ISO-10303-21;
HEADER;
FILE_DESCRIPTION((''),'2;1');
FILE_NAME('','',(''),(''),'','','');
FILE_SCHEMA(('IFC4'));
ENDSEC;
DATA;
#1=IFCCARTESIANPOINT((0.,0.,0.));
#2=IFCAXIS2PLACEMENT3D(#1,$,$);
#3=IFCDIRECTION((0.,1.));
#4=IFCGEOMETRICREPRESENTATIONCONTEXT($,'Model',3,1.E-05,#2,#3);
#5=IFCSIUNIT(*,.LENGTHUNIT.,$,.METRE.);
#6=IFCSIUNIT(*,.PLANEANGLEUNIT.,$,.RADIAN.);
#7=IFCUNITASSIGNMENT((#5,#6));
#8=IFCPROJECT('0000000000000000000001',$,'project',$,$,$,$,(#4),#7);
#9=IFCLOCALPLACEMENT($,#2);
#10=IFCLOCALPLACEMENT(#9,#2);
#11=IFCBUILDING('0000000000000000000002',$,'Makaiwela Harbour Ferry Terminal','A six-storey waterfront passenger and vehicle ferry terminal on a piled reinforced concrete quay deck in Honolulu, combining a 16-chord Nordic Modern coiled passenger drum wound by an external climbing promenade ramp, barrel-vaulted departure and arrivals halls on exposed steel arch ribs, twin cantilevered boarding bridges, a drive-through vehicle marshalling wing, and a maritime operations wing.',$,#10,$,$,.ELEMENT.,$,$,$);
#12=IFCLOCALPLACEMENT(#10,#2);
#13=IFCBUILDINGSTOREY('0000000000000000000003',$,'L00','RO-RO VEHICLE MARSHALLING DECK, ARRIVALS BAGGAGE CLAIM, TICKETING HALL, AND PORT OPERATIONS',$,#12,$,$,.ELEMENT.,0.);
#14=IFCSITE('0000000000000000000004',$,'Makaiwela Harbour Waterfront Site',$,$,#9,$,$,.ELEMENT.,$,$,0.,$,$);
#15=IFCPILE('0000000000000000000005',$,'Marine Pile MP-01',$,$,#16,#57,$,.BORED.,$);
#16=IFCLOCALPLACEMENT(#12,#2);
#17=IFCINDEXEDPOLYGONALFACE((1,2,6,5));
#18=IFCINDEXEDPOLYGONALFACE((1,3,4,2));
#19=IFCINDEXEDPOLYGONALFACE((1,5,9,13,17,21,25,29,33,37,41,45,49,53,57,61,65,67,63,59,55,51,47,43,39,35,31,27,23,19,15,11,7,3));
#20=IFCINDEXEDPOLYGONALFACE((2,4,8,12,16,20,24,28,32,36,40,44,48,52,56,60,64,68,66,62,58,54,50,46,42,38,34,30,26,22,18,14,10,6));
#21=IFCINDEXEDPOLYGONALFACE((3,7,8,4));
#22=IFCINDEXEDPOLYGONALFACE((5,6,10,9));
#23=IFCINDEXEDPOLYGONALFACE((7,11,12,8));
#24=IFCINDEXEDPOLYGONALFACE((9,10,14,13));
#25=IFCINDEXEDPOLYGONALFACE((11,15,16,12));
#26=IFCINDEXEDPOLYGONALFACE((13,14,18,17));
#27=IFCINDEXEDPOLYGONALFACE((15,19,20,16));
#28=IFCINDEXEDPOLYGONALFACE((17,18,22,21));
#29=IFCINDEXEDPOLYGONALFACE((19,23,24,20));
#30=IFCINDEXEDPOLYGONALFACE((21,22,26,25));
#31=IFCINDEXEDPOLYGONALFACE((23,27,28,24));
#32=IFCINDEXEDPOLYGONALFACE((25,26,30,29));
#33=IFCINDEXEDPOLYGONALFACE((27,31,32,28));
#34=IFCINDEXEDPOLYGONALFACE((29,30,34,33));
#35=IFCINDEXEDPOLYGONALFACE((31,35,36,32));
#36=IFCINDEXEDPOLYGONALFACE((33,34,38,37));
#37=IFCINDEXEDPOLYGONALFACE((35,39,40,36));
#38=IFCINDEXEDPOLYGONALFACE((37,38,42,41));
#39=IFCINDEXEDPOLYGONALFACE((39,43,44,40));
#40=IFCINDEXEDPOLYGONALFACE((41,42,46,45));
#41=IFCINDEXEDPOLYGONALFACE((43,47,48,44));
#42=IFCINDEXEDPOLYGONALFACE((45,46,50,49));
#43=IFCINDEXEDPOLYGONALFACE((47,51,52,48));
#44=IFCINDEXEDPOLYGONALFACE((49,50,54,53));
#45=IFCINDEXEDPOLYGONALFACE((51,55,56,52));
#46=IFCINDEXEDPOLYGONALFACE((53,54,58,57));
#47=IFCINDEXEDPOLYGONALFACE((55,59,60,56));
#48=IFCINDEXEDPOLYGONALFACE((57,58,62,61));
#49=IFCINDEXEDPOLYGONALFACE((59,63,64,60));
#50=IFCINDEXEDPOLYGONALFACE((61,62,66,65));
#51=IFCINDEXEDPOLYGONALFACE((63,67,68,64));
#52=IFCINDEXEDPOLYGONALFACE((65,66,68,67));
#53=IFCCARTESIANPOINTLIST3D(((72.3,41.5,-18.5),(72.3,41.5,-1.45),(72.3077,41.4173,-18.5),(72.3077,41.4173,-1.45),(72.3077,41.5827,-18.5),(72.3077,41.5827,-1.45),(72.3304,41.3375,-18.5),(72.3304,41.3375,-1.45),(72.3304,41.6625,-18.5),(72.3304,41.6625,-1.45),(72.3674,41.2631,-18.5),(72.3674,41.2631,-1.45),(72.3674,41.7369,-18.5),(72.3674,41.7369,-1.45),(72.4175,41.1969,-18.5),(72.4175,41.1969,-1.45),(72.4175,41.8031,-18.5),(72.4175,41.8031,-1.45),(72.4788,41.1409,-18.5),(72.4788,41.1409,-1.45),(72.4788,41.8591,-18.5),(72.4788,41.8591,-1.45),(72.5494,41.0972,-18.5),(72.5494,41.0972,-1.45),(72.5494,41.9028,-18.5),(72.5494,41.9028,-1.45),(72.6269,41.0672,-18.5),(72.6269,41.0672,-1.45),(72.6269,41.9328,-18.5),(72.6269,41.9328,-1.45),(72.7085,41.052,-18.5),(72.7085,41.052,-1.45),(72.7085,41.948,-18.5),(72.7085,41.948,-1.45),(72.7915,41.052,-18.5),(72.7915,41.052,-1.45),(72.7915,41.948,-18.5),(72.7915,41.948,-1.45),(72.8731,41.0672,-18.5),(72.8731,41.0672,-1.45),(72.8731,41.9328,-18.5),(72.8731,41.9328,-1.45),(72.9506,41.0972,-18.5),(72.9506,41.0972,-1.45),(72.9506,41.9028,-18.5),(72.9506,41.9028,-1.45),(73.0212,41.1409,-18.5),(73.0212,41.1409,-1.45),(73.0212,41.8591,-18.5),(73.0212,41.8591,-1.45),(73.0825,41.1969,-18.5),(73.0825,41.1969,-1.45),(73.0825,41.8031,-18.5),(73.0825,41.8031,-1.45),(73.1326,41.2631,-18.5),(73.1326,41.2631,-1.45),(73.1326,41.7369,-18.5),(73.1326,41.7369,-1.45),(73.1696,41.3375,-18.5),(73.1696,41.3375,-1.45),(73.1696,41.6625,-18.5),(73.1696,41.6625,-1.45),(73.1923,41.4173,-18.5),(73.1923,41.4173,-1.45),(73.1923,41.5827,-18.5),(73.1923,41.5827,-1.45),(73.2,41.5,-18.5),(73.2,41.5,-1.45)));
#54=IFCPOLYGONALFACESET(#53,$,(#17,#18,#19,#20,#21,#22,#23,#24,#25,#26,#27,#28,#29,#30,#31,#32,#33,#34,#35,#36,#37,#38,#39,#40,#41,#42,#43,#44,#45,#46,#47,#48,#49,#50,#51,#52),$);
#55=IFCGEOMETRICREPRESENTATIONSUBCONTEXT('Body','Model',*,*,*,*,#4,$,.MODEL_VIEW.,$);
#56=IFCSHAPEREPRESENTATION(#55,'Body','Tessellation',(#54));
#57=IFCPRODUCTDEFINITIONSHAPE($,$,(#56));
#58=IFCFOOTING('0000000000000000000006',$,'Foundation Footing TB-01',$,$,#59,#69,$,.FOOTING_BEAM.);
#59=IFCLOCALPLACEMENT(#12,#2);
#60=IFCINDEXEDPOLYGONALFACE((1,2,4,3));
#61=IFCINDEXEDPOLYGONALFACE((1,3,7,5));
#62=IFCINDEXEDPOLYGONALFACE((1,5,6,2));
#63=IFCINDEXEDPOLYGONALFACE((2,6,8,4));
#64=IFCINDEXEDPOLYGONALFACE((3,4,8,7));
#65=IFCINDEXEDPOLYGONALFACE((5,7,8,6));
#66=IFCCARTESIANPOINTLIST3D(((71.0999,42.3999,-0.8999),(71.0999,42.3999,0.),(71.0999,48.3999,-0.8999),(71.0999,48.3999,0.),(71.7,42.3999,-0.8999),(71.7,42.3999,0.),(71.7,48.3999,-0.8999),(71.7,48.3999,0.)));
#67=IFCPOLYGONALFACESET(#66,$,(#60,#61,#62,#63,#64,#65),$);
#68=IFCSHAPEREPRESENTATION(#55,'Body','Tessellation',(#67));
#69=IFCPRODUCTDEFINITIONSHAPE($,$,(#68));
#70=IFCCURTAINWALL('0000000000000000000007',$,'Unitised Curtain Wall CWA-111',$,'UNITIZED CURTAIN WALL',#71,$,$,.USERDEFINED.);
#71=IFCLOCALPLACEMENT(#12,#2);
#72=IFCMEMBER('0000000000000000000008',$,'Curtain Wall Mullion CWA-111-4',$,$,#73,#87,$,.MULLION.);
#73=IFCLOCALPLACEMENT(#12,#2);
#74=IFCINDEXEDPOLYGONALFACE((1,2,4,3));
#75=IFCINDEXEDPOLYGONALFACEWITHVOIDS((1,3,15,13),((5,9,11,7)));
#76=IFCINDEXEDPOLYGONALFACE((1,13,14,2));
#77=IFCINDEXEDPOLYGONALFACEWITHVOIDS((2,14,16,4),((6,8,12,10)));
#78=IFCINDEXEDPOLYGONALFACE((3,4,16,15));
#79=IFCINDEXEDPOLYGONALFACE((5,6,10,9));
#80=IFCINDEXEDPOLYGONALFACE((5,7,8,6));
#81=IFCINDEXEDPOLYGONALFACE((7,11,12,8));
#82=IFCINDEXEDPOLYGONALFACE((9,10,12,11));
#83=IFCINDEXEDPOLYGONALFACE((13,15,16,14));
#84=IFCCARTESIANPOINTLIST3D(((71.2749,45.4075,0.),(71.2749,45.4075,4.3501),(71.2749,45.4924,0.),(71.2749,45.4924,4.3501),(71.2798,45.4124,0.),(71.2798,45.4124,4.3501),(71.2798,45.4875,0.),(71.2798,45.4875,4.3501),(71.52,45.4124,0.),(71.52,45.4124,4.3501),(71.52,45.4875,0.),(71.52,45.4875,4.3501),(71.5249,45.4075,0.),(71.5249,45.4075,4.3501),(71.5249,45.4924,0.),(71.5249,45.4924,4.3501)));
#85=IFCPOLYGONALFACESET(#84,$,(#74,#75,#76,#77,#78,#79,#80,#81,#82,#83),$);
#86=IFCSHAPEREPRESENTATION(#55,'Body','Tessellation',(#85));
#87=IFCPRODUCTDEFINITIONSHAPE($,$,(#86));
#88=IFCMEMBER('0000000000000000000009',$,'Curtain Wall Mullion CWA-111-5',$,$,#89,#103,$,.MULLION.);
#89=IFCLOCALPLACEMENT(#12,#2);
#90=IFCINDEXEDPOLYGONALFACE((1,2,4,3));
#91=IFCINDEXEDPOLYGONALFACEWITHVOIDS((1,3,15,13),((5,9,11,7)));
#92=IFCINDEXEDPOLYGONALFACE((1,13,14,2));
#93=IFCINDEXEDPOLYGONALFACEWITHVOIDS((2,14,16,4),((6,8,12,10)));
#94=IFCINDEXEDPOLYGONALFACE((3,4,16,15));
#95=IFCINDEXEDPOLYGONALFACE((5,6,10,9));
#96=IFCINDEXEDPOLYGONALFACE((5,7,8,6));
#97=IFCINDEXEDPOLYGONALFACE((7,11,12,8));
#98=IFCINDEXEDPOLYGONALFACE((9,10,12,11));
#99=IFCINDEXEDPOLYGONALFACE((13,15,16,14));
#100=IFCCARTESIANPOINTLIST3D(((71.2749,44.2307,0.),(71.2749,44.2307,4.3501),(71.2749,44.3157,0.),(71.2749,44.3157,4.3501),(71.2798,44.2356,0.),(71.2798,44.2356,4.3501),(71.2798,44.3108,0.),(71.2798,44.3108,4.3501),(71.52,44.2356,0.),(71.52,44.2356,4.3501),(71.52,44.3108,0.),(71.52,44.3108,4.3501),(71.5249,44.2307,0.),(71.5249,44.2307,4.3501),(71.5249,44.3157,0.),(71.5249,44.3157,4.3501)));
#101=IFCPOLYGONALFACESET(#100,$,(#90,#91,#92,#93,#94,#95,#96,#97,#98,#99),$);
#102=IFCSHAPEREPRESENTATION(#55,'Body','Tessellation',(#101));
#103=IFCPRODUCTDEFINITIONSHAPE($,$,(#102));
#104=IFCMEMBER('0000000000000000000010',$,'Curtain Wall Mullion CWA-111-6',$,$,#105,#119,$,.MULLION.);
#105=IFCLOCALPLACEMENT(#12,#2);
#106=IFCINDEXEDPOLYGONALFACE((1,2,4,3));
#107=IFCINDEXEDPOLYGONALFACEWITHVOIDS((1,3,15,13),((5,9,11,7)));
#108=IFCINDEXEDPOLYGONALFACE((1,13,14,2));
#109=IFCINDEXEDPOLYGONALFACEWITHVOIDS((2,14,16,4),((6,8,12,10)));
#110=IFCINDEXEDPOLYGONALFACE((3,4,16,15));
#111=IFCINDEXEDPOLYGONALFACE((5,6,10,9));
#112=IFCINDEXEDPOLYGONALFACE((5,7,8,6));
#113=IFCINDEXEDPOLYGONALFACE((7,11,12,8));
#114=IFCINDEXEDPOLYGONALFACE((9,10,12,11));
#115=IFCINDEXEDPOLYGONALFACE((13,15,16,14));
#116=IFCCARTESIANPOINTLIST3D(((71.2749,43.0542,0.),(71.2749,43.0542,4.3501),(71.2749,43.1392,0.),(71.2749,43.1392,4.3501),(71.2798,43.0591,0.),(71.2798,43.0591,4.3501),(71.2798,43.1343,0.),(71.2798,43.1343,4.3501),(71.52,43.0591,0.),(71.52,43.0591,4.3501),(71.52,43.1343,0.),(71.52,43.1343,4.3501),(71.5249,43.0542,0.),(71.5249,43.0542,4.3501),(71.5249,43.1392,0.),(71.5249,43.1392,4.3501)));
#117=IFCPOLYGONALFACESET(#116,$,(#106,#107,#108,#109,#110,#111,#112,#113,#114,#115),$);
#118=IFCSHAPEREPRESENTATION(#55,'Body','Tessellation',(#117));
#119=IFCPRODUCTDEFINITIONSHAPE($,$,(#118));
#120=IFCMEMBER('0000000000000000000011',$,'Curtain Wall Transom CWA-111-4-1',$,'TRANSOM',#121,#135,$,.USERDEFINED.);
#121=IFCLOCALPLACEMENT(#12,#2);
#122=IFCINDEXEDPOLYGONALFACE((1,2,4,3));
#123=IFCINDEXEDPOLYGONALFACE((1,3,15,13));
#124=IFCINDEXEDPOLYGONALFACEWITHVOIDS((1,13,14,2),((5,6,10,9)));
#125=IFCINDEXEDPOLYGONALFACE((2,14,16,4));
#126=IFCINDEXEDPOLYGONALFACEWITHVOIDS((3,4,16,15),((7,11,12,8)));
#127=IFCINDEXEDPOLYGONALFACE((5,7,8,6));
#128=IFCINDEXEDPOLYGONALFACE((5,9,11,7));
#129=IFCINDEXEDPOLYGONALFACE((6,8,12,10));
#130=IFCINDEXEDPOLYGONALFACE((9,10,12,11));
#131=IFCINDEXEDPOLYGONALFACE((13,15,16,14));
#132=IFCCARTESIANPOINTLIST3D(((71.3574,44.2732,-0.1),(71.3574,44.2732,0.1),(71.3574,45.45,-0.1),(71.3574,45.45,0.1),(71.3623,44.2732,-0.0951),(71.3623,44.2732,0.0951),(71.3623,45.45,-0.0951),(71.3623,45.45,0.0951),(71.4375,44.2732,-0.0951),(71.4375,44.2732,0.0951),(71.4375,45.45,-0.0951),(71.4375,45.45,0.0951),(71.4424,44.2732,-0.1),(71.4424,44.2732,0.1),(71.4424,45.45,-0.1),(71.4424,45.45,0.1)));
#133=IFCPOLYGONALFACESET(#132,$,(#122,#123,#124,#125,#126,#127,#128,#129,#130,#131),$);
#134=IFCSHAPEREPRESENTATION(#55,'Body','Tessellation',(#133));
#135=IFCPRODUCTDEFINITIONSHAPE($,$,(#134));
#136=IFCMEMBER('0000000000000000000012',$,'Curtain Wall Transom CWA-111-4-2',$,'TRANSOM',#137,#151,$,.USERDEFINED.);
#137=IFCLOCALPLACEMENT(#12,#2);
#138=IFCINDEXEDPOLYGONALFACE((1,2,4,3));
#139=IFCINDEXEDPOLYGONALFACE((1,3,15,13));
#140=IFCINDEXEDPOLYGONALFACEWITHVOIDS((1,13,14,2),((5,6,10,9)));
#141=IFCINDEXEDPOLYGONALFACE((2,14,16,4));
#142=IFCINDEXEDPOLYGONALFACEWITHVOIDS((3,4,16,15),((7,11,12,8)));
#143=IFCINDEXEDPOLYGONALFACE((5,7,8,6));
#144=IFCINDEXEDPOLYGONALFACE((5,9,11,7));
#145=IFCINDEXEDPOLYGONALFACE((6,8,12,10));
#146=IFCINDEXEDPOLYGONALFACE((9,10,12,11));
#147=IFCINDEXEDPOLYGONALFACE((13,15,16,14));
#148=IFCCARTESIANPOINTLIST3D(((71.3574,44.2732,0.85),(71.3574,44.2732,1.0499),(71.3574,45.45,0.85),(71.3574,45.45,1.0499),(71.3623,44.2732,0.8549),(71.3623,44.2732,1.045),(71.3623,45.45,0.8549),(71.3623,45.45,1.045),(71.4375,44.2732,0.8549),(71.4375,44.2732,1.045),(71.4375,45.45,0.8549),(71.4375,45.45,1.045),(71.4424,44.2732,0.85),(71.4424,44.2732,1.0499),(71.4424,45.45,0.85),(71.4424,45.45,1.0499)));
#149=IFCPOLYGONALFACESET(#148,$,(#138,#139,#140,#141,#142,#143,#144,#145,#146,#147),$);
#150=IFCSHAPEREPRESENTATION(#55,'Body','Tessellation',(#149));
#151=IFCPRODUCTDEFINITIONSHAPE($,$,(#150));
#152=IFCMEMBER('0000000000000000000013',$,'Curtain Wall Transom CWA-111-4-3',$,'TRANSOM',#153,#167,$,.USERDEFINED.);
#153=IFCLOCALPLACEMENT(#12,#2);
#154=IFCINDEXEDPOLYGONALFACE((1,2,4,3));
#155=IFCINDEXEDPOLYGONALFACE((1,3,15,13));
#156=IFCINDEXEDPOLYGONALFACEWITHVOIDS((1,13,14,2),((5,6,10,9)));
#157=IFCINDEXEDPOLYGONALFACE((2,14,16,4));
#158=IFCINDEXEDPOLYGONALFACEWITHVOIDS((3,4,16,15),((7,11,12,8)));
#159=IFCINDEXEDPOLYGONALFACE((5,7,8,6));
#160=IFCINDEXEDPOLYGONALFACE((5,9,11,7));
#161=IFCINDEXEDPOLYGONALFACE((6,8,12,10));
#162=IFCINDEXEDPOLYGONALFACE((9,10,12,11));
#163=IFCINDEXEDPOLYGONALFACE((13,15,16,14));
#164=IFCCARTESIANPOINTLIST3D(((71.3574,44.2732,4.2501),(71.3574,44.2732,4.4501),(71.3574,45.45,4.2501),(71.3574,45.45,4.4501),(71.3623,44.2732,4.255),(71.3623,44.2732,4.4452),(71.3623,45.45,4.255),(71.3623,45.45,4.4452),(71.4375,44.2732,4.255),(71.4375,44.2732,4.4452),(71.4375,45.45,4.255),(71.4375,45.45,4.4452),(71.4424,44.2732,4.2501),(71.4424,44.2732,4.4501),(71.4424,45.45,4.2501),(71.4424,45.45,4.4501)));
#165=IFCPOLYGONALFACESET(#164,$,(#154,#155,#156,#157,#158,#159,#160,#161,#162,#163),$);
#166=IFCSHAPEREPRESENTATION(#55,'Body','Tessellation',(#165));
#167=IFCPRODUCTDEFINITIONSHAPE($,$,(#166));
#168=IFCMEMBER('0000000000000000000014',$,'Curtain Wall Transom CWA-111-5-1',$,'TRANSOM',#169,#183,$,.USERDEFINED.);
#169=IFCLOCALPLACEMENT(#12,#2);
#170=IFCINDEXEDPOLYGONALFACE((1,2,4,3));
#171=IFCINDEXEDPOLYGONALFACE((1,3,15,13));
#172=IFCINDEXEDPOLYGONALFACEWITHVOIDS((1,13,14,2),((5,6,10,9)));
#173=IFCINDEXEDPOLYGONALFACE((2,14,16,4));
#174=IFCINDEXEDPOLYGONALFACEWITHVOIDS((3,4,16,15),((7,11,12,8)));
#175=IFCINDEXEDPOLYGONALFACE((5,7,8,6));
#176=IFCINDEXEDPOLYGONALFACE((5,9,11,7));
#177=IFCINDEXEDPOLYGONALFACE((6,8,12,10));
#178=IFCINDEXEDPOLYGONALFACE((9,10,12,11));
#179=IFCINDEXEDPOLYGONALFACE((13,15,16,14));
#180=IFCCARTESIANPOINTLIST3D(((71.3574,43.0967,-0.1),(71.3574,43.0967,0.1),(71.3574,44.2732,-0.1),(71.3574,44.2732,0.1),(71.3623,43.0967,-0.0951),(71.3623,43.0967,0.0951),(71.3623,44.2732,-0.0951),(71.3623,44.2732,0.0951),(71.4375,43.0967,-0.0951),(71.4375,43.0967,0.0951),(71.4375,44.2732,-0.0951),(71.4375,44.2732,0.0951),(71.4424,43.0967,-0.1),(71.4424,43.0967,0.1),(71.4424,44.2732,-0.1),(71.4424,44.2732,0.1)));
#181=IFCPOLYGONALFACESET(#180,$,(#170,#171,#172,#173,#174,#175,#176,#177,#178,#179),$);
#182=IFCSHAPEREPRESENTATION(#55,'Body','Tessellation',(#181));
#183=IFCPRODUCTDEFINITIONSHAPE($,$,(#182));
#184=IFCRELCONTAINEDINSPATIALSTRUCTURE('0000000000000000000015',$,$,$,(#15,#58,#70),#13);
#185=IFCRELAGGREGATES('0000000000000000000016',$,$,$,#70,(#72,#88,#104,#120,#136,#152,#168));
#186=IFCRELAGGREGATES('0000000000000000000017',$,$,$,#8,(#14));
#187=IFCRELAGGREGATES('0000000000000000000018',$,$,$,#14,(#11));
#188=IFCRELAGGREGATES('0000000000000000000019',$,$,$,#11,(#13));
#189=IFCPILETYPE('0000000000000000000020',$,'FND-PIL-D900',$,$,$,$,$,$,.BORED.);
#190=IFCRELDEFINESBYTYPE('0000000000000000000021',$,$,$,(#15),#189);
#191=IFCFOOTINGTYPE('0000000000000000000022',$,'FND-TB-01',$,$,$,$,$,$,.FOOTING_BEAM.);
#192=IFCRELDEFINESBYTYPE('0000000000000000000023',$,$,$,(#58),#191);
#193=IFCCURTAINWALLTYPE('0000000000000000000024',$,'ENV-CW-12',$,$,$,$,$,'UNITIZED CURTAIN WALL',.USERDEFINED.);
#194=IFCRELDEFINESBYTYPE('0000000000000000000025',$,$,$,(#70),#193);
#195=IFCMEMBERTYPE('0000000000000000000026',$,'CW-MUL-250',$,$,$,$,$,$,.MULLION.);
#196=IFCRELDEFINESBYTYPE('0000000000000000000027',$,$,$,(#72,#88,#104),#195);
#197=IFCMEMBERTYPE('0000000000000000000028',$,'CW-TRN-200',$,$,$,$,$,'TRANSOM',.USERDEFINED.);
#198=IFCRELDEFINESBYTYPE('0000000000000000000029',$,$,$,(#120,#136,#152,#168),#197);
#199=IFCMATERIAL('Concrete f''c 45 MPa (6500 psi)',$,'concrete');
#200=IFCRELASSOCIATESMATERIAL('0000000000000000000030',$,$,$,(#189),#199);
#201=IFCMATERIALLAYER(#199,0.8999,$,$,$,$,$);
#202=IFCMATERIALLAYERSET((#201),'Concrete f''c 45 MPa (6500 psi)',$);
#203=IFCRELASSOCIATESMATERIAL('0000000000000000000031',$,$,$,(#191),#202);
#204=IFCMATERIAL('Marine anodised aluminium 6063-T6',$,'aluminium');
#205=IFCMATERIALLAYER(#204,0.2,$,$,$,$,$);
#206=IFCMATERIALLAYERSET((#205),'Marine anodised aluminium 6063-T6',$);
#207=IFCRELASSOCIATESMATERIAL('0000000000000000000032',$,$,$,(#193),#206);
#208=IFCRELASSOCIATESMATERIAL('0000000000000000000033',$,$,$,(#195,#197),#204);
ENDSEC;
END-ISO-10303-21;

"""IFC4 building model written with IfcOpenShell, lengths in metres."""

from ifc_helpers import new_model, si_unit, direction, frame, origin, origin_2d, place, context, subcontext, project, spatial, rectangle, hollow_rectangle, circle, extrude, material, layer, layer_set, material_profile, profile_set, type_object, element, aggregate, save


model = new_model("IFC4")

# Units and contexts
model_context = context("Model", 3, precision=1e-05, world=origin(), true_north=direction((0.0, 1.0)))
body_context = subcontext(model_context, "Body", "Model", "MODEL_VIEW")
ifc_project = project(units=[si_unit("LENGTHUNIT", "METRE"), si_unit("PLANEANGLEUNIT", "RADIAN")], contexts=[model_context])

# Site, building, storey
site_placement = place(None, origin())
site = spatial("IfcSite", under=ifc_project, at=site_placement, Name="Makaiwela Harbour Waterfront Site", CompositionType="ELEMENT", RefElevation=0.0)
building_placement = place(site_placement, origin())
building = spatial("IfcBuilding", under=site, at=building_placement, Name="Makaiwela Harbour Ferry Terminal", Description="A six-storey waterfront passenger and vehicle ferry terminal on a piled reinforced concrete quay deck in Honolulu, combining a 16-chord Nordic Modern coiled passenger drum wound by an external climbing promenade ramp, barrel-vaulted departure and arrivals halls on exposed steel arch ribs, twin cantilevered boarding bridges, a drive-through vehicle marshalling wing, and a maritime operations wing.", CompositionType="ELEMENT")
storey_placement = place(building_placement, origin())
storey = spatial("IfcBuildingStorey", under=building, at=storey_placement, Name="L00", Description="RO-RO VEHICLE MARSHALLING DECK, ARRIVALS BAGGAGE CLAIM, TICKETING HALL, AND PORT OPERATIONS", CompositionType="ELEMENT", Elevation=0.0)

# Pile
ifc_material_1 = material(Name="Concrete f'c 45 MPa (6500 psi)", Category="concrete")
ifc_material_profile_1 = material_profile(ifc_material_1, circle(Radius=0.45, at=origin_2d()), Name="PILE-D900")
ifc_profile_set_1 = profile_set([ifc_material_profile_1], Name="Concrete f'c 45 MPa (6500 psi)")
pile_type = type_object("IfcPileType", Name="FND-PIL-D900", PredefinedType="BORED", material=ifc_profile_set_1)
pile_placement = place(storey_placement, frame((72.75, 41.5, -1.45), z_axis=(0.0, 0.0, -1.0), x_axis=(1.0, 0.0, 0.0)))
element("IfcPile", 1, at=pile_placement, inside=storey, type_object=pile_type, Name="Marine Pile MP-01", PredefinedType="BORED", context=body_context, shape_type="SweptSolid", body=[
    extrude(circle(Radius=0.45, at=origin_2d()), origin(), (0.0, 0.0, 1.0), 17.05),
])

# Footing
ifc_layer_1 = layer(ifc_material_1, 0.8999)
ifc_layer_set_1 = layer_set([ifc_layer_1], Name="Concrete f'c 45 MPa (6500 psi)")
footing_type = type_object("IfcFootingType", Name="FND-TB-01", PredefinedType="FOOTING_BEAM", material=ifc_layer_set_1)
footing_placement = place(storey_placement, frame((71.3999, 45.3999, -0.8999), z_axis=(0.0, 0.0, 1.0), x_axis=(0.0, 1.0, 0.0)))
element("IfcFooting", 2, at=footing_placement, inside=storey, type_object=footing_type, Name="Foundation Footing TB-01", PredefinedType="FOOTING_BEAM", context=body_context, shape_type="SweptSolid", body=[
    extrude(rectangle(XDim=6.0, YDim=0.6001, at=origin_2d()), origin(), (0.0, 0.0, 1.0), 0.8999),
])

# Curtain wall, members
ifc_material_2 = material(Name="Marine anodised aluminium 6063-T6", Category="aluminium")
ifc_layer_2 = layer(ifc_material_2, 0.2)
ifc_layer_set_2 = layer_set([ifc_layer_2], Name="Marine anodised aluminium 6063-T6")
curtain_wall_type = type_object("IfcCurtainWallType", Name="ENV-CW-12", ElementType="UNITIZED CURTAIN WALL", PredefinedType="USERDEFINED", material=ifc_layer_set_2)
curtain_wall_placement = place(storey_placement, origin())
curtain_wall = element("IfcCurtainWall", 3, at=curtain_wall_placement, inside=storey, type_object=curtain_wall_type, Name="Unitised Curtain Wall CWA-111", ObjectType="UNITIZED CURTAIN WALL", PredefinedType="USERDEFINED")
ifc_material_profile_2 = material_profile(ifc_material_2, hollow_rectangle(XDim=0.085, YDim=0.25, WallThickness=0.0049, at=origin_2d()), Name="CWM-250X85")
ifc_profile_set_2 = profile_set([ifc_material_profile_2], Name="Marine anodised aluminium 6063-T6")
member_type_1 = type_object("IfcMemberType", Name="CW-MUL-250", PredefinedType="MULLION", material=ifc_profile_set_2)
member_1_placement = place(storey_placement, frame((71.3999, 45.45, 0.0), z_axis=(0.0, 0.0, 1.0), x_axis=(0.0, 1.0, 0.0)))
member_1 = element("IfcMember", 4, at=member_1_placement, type_object=member_type_1, Name="Curtain Wall Mullion CWA-111-4", PredefinedType="MULLION", context=body_context, shape_type="SweptSolid", body=[
    extrude(hollow_rectangle(XDim=0.085, YDim=0.25, WallThickness=0.0049, at=origin_2d()), origin(), (0.0, 0.0, 1.0), 4.3501),
])
member_2_placement = place(storey_placement, frame((71.3999, 44.2732, 0.0), z_axis=(0.0, 0.0, 1.0), x_axis=(0.0, 1.0, 0.0)))
member_2 = element("IfcMember", 5, at=member_2_placement, type_object=member_type_1, Name="Curtain Wall Mullion CWA-111-5", PredefinedType="MULLION", context=body_context, shape_type="SweptSolid", body=[
    extrude(hollow_rectangle(XDim=0.085, YDim=0.25, WallThickness=0.0049, at=origin_2d()), origin(), (0.0, 0.0, 1.0), 4.3501),
])
member_3_placement = place(storey_placement, frame((71.3999, 43.0967, 0.0), z_axis=(0.0, 0.0, 1.0), x_axis=(0.0, 1.0, 0.0)))
member_3 = element("IfcMember", 6, at=member_3_placement, type_object=member_type_1, Name="Curtain Wall Mullion CWA-111-6", PredefinedType="MULLION", context=body_context, shape_type="SweptSolid", body=[
    extrude(hollow_rectangle(XDim=0.085, YDim=0.25, WallThickness=0.0049, at=origin_2d()), origin(), (0.0, 0.0, 1.0), 4.3501),
])
ifc_material_profile_3 = material_profile(ifc_material_2, hollow_rectangle(XDim=0.085, YDim=0.2, WallThickness=0.0049, at=origin_2d()), Name="CWT-200X85")
ifc_profile_set_3 = profile_set([ifc_material_profile_3], Name="Marine anodised aluminium 6063-T6")
member_type_2 = type_object("IfcMemberType", Name="CW-TRN-200", ElementType="TRANSOM", PredefinedType="USERDEFINED", material=ifc_profile_set_3)
member_4_placement = place(storey_placement, frame((71.3999, 45.45, 0.0), z_axis=(0.0, -1.0, 0.0), x_axis=(1.0, 0.0, 0.0)))
member_4 = element("IfcMember", 7, at=member_4_placement, type_object=member_type_2, Name="Curtain Wall Transom CWA-111-4-1", ObjectType="TRANSOM", PredefinedType="USERDEFINED", context=body_context, shape_type="SweptSolid", body=[
    extrude(hollow_rectangle(XDim=0.085, YDim=0.2, WallThickness=0.0049, at=origin_2d()), origin(), (0.0, 0.0, 1.0), 1.1768),
])
member_5_placement = place(storey_placement, frame((71.3999, 45.45, 0.95), z_axis=(0.0, -1.0, 0.0), x_axis=(1.0, 0.0, 0.0)))
member_5 = element("IfcMember", 8, at=member_5_placement, type_object=member_type_2, Name="Curtain Wall Transom CWA-111-4-2", ObjectType="TRANSOM", PredefinedType="USERDEFINED", context=body_context, shape_type="SweptSolid", body=[
    extrude(hollow_rectangle(XDim=0.085, YDim=0.2, WallThickness=0.0049, at=origin_2d()), origin(), (0.0, 0.0, 1.0), 1.1768),
])
member_6_placement = place(storey_placement, frame((71.3999, 45.45, 4.3501), z_axis=(0.0, -1.0, 0.0), x_axis=(1.0, 0.0, 0.0)))
member_6 = element("IfcMember", 9, at=member_6_placement, type_object=member_type_2, Name="Curtain Wall Transom CWA-111-4-3", ObjectType="TRANSOM", PredefinedType="USERDEFINED", context=body_context, shape_type="SweptSolid", body=[
    extrude(hollow_rectangle(XDim=0.085, YDim=0.2, WallThickness=0.0049, at=origin_2d()), origin(), (0.0, 0.0, 1.0), 1.1768),
])
member_7_placement = place(storey_placement, frame((71.3999, 44.2732, 0.0), z_axis=(0.0, -1.0, 0.0), x_axis=(1.0, 0.0, 0.0)))
member_7 = element("IfcMember", 10, at=member_7_placement, type_object=member_type_2, Name="Curtain Wall Transom CWA-111-5-1", ObjectType="TRANSOM", PredefinedType="USERDEFINED", context=body_context, shape_type="SweptSolid", body=[
    extrude(hollow_rectangle(XDim=0.085, YDim=0.2, WallThickness=0.0049, at=origin_2d()), origin(), (0.0, 0.0, 1.0), 1.1765),
])
aggregate(curtain_wall, [member_1, member_2, member_3, member_4, member_5, member_6, member_7])

save(model, "model.ifc")
